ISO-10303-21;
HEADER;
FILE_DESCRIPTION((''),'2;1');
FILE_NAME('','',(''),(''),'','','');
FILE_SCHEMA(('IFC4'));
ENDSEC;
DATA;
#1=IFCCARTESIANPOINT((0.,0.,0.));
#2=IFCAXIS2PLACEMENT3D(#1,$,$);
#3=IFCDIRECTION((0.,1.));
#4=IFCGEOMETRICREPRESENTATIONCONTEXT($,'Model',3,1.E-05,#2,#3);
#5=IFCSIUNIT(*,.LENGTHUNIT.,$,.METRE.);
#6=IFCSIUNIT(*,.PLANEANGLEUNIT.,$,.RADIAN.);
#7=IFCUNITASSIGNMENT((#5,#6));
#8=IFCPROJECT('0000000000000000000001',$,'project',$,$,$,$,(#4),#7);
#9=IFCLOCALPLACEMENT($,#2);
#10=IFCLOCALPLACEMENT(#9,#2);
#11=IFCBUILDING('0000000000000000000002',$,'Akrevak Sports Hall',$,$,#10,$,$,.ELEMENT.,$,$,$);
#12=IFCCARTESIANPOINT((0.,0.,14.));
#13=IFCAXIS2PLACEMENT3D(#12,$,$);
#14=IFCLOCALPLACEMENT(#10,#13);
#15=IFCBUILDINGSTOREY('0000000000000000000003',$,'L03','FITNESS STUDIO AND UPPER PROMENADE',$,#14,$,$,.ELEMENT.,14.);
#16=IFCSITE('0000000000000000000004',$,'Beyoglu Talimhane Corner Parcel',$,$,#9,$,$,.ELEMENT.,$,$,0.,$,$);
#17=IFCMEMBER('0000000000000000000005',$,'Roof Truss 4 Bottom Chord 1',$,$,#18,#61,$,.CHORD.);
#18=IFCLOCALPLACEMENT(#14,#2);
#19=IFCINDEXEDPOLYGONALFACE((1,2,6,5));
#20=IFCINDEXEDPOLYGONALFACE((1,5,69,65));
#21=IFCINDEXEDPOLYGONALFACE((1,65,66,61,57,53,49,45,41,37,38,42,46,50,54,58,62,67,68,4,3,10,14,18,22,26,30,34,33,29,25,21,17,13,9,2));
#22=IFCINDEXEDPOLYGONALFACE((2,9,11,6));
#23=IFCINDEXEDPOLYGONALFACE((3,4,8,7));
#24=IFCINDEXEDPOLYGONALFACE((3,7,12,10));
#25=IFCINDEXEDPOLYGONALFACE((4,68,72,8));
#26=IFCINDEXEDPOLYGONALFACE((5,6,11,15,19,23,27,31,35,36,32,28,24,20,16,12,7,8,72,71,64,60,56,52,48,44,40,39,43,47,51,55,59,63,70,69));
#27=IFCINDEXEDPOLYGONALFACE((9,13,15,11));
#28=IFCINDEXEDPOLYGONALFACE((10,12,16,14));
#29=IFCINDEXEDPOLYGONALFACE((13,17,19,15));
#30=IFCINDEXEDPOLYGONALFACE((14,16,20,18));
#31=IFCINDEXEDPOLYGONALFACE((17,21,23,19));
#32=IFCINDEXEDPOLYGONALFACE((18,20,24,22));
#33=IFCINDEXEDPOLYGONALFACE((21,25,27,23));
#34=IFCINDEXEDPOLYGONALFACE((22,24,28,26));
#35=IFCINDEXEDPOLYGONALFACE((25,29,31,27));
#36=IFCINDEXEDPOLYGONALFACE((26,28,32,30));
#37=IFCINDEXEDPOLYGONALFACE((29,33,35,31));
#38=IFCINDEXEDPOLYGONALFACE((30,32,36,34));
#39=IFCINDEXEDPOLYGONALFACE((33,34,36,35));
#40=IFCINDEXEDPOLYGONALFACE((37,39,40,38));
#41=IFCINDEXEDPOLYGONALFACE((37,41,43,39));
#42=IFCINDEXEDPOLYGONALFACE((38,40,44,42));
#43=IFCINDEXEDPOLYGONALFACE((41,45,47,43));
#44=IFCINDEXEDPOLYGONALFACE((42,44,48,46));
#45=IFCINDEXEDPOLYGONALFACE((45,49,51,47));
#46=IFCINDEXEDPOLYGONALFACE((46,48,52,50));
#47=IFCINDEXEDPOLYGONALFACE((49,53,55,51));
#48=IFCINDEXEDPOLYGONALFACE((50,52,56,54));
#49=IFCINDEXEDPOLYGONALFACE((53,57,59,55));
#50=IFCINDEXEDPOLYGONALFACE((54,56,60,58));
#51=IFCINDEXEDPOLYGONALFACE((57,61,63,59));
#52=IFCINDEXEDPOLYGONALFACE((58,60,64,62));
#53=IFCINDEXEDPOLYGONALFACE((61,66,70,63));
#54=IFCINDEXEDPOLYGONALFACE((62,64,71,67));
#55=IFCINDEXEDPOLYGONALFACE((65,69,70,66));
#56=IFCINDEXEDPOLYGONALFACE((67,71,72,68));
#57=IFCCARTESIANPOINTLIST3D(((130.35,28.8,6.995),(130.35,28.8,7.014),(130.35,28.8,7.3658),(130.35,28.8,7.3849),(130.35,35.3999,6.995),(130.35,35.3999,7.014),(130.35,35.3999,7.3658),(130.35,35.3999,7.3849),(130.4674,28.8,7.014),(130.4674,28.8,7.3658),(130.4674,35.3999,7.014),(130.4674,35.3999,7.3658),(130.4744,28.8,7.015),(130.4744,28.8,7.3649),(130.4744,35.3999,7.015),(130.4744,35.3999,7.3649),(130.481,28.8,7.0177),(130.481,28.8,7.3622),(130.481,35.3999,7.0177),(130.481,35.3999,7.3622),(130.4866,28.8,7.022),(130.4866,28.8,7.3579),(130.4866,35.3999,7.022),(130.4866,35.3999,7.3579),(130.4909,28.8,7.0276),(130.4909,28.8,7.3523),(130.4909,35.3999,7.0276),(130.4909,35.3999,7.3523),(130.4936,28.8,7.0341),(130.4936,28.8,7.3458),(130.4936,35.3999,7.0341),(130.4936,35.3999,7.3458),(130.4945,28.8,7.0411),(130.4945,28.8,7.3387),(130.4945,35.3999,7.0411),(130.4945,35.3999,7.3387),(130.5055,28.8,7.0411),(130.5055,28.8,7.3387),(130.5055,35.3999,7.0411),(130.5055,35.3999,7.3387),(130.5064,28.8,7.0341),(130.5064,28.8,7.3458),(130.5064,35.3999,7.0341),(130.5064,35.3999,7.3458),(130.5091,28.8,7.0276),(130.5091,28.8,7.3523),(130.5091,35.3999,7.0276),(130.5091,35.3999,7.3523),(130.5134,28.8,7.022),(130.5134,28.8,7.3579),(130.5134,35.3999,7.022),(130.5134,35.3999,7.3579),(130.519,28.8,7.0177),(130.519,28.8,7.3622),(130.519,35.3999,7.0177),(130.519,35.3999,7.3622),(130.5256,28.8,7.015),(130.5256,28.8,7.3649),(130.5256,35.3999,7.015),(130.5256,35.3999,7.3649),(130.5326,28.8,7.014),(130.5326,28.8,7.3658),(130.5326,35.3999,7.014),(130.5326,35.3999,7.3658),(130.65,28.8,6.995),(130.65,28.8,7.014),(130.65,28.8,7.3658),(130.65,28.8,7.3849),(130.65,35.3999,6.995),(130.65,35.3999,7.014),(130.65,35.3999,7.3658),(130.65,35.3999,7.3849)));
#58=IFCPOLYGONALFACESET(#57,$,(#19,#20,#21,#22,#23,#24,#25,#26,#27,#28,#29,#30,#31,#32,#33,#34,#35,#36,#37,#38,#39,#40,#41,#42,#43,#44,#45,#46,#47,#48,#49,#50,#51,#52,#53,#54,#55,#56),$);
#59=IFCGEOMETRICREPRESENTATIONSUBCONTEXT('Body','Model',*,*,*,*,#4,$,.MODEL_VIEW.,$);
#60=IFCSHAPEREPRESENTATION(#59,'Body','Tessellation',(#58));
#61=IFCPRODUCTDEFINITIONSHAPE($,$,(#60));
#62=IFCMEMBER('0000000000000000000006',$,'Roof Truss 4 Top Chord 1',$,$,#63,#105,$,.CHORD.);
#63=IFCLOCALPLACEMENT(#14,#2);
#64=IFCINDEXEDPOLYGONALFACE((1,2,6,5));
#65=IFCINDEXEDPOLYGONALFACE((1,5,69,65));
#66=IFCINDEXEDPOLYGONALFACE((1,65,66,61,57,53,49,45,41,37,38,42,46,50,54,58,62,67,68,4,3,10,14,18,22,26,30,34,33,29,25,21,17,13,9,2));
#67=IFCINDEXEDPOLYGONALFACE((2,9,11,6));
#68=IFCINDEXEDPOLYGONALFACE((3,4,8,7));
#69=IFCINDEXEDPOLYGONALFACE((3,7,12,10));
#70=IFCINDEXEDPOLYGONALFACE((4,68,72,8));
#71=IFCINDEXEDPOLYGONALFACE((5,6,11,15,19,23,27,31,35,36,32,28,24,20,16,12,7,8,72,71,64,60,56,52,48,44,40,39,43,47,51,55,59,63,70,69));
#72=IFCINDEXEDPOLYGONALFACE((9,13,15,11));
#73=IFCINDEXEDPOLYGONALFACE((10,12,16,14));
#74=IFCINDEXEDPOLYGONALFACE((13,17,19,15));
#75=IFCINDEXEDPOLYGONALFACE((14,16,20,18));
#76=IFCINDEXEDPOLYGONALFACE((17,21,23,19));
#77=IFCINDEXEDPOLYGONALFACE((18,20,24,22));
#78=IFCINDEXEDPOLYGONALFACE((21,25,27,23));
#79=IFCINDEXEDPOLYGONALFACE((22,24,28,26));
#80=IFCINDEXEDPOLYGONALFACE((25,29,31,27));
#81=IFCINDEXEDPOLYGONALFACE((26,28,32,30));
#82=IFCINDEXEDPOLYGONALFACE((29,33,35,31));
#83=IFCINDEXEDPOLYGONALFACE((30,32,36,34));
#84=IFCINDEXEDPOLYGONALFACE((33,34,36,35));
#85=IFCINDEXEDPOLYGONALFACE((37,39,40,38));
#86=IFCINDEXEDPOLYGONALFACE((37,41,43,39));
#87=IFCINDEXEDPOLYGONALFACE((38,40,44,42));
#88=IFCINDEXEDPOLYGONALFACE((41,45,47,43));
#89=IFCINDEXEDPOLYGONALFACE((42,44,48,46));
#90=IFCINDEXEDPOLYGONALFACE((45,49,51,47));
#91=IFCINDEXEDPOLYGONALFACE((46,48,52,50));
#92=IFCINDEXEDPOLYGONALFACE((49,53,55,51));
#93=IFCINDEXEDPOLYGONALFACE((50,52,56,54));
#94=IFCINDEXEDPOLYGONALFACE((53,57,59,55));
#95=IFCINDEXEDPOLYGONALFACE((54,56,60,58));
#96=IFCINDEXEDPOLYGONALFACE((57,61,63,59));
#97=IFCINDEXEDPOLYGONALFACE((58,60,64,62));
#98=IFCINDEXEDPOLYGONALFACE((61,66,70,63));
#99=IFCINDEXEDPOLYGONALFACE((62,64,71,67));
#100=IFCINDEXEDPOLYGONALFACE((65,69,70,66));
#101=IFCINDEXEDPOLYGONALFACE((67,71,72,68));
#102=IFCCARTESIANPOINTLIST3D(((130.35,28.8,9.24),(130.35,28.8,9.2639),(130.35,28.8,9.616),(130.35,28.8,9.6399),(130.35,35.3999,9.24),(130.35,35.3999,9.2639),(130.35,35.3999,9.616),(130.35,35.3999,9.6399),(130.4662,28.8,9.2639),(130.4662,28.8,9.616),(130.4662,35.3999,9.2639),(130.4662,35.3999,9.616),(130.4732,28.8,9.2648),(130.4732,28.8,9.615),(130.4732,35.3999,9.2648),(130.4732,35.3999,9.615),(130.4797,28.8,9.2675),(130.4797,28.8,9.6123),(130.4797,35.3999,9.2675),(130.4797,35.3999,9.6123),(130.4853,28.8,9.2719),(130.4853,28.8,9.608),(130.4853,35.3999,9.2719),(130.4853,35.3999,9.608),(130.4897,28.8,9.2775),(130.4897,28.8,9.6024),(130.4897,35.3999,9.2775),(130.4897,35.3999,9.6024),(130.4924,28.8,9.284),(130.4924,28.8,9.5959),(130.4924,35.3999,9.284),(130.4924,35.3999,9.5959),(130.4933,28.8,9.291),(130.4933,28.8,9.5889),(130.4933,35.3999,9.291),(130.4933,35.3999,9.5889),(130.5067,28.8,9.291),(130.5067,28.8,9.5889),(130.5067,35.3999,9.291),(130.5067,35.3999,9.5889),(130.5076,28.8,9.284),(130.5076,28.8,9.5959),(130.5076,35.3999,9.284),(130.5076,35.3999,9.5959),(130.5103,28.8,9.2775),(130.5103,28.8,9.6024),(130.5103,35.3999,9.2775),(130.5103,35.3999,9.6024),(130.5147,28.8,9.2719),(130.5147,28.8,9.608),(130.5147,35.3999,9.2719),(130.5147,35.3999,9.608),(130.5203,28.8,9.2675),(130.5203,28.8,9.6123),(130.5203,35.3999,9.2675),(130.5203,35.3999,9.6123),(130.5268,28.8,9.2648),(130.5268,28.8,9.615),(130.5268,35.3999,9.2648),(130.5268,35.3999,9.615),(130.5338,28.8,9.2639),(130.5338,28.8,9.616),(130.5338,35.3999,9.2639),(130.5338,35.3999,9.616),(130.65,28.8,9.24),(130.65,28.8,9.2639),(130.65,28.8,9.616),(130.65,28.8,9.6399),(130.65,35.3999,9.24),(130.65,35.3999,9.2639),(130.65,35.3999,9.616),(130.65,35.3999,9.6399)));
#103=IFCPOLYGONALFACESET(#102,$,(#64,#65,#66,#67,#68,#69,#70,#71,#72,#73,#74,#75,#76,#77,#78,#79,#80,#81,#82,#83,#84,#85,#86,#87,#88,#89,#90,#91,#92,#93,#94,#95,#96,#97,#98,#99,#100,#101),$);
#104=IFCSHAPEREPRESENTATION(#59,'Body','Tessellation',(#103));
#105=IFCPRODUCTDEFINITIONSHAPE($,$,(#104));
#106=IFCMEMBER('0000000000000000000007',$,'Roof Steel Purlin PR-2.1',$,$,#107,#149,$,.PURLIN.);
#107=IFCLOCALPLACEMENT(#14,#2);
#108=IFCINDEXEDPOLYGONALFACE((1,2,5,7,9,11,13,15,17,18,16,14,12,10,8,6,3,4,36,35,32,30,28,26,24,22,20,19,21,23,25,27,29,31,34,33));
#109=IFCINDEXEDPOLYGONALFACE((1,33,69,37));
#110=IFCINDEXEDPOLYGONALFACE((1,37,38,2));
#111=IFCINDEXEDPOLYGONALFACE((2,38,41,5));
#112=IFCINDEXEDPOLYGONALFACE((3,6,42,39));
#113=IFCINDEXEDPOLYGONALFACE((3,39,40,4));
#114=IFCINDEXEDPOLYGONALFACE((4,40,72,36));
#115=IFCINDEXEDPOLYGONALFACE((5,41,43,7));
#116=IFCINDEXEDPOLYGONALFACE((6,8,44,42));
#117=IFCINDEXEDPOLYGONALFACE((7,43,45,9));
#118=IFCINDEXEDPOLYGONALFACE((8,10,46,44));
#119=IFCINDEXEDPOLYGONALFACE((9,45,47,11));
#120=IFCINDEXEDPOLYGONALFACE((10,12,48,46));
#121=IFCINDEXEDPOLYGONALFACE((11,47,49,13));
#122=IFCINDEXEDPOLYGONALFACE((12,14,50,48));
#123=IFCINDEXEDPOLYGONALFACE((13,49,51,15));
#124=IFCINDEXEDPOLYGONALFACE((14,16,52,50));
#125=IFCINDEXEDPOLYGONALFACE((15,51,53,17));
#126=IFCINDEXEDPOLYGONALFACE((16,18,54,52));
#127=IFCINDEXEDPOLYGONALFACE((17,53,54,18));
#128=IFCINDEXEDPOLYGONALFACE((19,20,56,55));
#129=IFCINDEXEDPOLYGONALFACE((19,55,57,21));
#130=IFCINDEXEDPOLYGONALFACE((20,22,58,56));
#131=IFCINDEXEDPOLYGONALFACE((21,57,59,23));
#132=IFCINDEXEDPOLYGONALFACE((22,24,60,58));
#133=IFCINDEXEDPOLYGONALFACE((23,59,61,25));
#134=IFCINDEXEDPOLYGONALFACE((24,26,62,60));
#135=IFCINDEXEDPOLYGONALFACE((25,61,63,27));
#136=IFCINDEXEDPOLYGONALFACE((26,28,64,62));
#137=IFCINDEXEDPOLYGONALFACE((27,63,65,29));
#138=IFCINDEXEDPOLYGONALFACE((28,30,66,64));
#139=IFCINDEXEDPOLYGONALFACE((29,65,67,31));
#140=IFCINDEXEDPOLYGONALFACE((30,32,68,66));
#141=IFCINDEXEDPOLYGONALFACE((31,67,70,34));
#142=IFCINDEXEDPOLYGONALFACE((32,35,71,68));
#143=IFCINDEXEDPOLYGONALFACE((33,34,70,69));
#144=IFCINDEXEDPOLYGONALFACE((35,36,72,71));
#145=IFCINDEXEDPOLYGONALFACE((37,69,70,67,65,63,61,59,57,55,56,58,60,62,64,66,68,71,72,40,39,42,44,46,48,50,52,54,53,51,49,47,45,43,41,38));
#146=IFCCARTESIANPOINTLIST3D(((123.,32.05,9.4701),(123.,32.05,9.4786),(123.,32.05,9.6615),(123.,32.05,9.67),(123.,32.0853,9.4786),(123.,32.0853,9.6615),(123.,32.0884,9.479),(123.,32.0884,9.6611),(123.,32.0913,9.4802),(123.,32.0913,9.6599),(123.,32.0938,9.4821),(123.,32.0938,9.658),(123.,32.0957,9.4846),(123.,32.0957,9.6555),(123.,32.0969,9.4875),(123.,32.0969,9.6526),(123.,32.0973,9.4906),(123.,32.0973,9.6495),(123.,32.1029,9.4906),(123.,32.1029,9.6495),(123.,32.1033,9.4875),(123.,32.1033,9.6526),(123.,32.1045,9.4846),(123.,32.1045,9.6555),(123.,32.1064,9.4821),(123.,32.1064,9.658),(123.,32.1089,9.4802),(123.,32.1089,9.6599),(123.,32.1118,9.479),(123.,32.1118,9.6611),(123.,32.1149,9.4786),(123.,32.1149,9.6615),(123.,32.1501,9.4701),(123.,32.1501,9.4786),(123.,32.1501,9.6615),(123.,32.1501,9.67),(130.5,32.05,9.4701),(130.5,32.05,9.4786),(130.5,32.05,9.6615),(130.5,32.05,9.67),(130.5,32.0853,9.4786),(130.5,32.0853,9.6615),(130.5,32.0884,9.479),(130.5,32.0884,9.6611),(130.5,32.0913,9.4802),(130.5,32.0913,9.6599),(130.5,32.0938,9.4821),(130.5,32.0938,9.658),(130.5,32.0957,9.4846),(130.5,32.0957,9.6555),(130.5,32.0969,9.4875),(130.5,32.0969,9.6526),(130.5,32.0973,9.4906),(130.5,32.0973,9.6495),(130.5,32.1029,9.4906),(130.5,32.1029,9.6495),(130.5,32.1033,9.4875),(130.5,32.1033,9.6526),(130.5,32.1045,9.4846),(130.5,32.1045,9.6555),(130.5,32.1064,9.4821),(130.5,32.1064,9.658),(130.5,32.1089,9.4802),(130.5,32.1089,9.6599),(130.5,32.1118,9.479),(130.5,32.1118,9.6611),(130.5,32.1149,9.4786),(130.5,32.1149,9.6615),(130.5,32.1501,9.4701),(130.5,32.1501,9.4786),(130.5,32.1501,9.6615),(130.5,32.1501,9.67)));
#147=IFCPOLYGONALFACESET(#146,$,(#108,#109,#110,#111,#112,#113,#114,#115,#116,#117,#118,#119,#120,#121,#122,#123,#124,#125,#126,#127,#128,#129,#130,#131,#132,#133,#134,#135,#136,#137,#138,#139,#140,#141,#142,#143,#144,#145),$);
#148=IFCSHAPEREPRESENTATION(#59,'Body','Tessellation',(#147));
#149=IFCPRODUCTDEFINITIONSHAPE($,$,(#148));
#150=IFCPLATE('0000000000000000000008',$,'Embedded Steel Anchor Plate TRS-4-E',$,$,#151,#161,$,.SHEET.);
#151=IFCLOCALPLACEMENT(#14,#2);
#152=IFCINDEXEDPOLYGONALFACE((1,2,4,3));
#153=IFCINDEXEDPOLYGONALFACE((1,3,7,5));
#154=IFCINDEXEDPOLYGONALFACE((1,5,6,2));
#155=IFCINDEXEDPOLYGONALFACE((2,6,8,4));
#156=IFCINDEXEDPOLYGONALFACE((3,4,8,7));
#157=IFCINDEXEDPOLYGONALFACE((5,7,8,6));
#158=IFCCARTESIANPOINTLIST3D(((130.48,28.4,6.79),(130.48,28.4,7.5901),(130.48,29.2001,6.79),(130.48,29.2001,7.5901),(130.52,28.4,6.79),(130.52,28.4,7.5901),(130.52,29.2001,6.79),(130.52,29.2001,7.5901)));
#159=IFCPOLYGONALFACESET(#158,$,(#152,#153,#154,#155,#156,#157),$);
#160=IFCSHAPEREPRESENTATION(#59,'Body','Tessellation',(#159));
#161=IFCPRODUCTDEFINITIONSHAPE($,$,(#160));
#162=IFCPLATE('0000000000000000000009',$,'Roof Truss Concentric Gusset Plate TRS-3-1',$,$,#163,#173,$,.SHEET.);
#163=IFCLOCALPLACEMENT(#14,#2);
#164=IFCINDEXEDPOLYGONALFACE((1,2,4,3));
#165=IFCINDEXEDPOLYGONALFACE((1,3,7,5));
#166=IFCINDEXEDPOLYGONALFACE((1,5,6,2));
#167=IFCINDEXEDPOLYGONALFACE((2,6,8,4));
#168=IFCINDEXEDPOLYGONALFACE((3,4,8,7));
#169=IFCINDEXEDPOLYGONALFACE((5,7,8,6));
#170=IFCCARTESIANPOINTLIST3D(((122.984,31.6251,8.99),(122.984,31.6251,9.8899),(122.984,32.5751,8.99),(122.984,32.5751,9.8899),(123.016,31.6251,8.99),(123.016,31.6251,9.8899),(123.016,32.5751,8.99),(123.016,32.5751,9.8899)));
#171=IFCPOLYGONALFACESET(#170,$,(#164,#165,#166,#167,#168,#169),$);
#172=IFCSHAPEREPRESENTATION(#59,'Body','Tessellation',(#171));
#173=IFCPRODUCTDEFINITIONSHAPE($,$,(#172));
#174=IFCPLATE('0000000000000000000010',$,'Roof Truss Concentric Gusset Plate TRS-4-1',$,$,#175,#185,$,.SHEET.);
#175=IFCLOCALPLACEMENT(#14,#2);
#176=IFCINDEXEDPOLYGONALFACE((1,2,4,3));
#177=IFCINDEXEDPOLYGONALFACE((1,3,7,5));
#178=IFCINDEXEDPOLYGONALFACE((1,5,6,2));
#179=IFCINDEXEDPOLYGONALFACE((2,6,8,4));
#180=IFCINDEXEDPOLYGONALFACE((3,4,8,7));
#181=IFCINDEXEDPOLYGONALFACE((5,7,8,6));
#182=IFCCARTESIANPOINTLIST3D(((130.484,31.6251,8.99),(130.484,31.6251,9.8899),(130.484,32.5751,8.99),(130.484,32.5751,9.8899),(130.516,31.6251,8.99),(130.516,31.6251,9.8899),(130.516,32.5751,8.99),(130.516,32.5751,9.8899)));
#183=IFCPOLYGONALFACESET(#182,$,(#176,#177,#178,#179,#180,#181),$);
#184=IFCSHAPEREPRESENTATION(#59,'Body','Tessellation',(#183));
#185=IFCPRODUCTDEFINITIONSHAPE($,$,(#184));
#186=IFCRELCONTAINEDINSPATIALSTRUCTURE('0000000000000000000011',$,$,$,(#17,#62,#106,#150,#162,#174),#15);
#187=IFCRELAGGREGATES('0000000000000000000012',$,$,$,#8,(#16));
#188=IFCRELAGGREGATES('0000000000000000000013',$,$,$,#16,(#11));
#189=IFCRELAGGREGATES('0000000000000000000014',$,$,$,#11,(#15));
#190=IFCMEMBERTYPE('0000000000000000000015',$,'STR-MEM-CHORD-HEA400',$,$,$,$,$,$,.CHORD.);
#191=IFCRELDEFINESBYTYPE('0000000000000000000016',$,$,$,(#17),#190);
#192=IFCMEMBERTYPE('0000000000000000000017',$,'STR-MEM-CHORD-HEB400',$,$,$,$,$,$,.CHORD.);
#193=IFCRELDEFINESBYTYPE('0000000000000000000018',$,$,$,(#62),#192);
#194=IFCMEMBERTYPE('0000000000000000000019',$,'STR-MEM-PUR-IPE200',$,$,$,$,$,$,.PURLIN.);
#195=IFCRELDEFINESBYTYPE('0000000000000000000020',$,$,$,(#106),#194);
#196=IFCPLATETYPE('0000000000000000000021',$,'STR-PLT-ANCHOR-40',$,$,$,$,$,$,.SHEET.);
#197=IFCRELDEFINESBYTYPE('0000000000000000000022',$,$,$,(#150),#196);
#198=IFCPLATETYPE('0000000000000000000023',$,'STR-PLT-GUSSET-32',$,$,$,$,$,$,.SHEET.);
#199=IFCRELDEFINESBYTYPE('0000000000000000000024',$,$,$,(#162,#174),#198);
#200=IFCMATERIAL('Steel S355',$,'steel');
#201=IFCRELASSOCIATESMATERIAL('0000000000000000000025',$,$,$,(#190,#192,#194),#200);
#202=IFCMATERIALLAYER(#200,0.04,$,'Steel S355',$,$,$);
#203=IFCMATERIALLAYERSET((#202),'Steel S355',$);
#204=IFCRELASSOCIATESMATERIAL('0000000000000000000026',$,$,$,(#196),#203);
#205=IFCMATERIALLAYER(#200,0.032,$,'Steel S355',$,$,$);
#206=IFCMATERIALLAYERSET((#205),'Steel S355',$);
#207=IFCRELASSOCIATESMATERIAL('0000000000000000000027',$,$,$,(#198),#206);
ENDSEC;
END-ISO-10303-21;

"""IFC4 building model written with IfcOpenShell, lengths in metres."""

from ifc_helpers import new_model, si_unit, direction, frame, origin, origin_2d, place, context, subcontext, project, spatial, rectangle, i_section, extrude, material, layer, layer_set, material_profile, profile_set, type_object, element, save


model = new_model("IFC4")

# Units and contexts
model_context = context("Model", 3, precision=1e-05, world=origin(), true_north=direction((0.0, 1.0)))
body_context = subcontext(model_context, "Body", "Model", "MODEL_VIEW")
ifc_project = project(units=[si_unit("LENGTHUNIT", "METRE"), si_unit("PLANEANGLEUNIT", "RADIAN")], contexts=[model_context])

# Site, building, storey
site_placement = place(None, origin())
site = spatial("IfcSite", under=ifc_project, at=site_placement, Name="Beyoglu Talimhane Corner Parcel", CompositionType="ELEMENT", RefElevation=0.0)
building_placement = place(site_placement, origin())
building = spatial("IfcBuilding", under=site, at=building_placement, Name="Akrevak Sports Hall", CompositionType="ELEMENT")
storey_placement = place(building_placement, frame((0.0, 0.0, 14.0)))
storey = spatial("IfcBuildingStorey", under=building, at=storey_placement, Name="L03", Description="FITNESS STUDIO AND UPPER PROMENADE", CompositionType="ELEMENT", Elevation=14.0)

# Members
ifc_material_1 = material(Name="Steel S355", Category="steel")
ifc_material_profile_1 = material_profile(ifc_material_1, i_section(OverallWidth=0.3, OverallDepth=0.3899, WebThickness=0.011, FlangeThickness=0.019, FilletRadius=0.0271, at=origin_2d()), Name="HEA 400", Category="steel")
ifc_profile_set_1 = profile_set([ifc_material_profile_1], Name="Steel S355")
member_type_1 = type_object("IfcMemberType", Name="STR-MEM-CHORD-HEA400", PredefinedType="CHORD", material=ifc_profile_set_1)
for number, where, z_axis, x_axis, name in (
    (1, (130.5, 28.8, 7.1899), (0.0, 1.0, 0.0), (-1.0, 0.0, 0.0), "Roof Truss 4 Bottom Chord 1"),
):
    element("IfcMember", number, at=place(storey_placement, frame(where, z_axis=z_axis, x_axis=x_axis)), inside=storey, type_object=member_type_1, Name=name, PredefinedType="CHORD", context=body_context, shape_type="SweptSolid", body=[
        extrude(i_section(OverallWidth=0.3, OverallDepth=0.3899, WebThickness=0.011, FlangeThickness=0.019, FilletRadius=0.0271, at=origin_2d()), origin(), (0.0, 0.0, 1.0), 6.5999),
    ])
ifc_material_profile_2 = material_profile(ifc_material_1, i_section(OverallWidth=0.3, OverallDepth=0.3999, WebThickness=0.0134, FlangeThickness=0.0239, FilletRadius=0.0271, at=origin_2d()), Name="HEB 400", Category="steel")
ifc_profile_set_2 = profile_set([ifc_material_profile_2], Name="Steel S355")
member_type_2 = type_object("IfcMemberType", Name="STR-MEM-CHORD-HEB400", PredefinedType="CHORD", material=ifc_profile_set_2)
member_1_placement = place(storey_placement, frame((130.5, 28.8, 9.4399), z_axis=(0.0, 1.0, 0.0), x_axis=(-1.0, 0.0, 0.0)))
element("IfcMember", 2, at=member_1_placement, inside=storey, type_object=member_type_2, Name="Roof Truss 4 Top Chord 1", PredefinedType="CHORD", context=body_context, shape_type="SweptSolid", body=[
    extrude(i_section(OverallWidth=0.3, OverallDepth=0.3999, WebThickness=0.0134, FlangeThickness=0.0239, FilletRadius=0.0271, at=origin_2d()), origin(), (0.0, 0.0, 1.0), 6.5999),
])
ifc_material_profile_3 = material_profile(ifc_material_1, i_section(OverallWidth=0.1001, OverallDepth=0.2, WebThickness=0.0056, FlangeThickness=0.0085, FilletRadius=0.012, at=origin_2d()), Name="IPE 200", Category="steel")
ifc_profile_set_3 = profile_set([ifc_material_profile_3], Name="Steel S355")
member_type_3 = type_object("IfcMemberType", Name="STR-MEM-PUR-IPE200", PredefinedType="PURLIN", material=ifc_profile_set_3)
member_2_placement = place(storey_placement, frame((123.0, 32.1001, 9.5701), z_axis=(1.0, 0.0, 0.0), x_axis=(0.0, 1.0, 0.0)))
element("IfcMember", 3, at=member_2_placement, inside=storey, type_object=member_type_3, Name="Roof Steel Purlin PR-2.1", PredefinedType="PURLIN", context=body_context, shape_type="SweptSolid", body=[
    extrude(i_section(OverallWidth=0.1001, OverallDepth=0.2, WebThickness=0.0056, FlangeThickness=0.0085, FilletRadius=0.012, at=origin_2d()), origin(), (0.0, 0.0, 1.0), 7.5),
])

# Plates
ifc_layer_1 = layer(ifc_material_1, 0.04, Name="Steel S355")
ifc_layer_set_1 = layer_set([ifc_layer_1], Name="Steel S355")
plate_type_1 = type_object("IfcPlateType", Name="STR-PLT-ANCHOR-40", PredefinedType="SHEET", material=ifc_layer_set_1)
plate_placement = place(storey_placement, frame((130.5, 28.8, 6.79), z_axis=(0.0, 0.0, 1.0), x_axis=(0.0, 1.0, 0.0)))
element("IfcPlate", 4, at=plate_placement, inside=storey, type_object=plate_type_1, Name="Embedded Steel Anchor Plate TRS-4-E", PredefinedType="SHEET", context=body_context, shape_type="SweptSolid", body=[
    extrude(rectangle(XDim=0.8, YDim=0.04, at=origin_2d()), origin(), (0.0, 0.0, 1.0), 0.8),
])
ifc_layer_2 = layer(ifc_material_1, 0.032, Name="Steel S355")
ifc_layer_set_2 = layer_set([ifc_layer_2], Name="Steel S355")
plate_type_2 = type_object("IfcPlateType", Name="STR-PLT-GUSSET-32", PredefinedType="SHEET", material=ifc_layer_set_2)
for number, where, z_axis, x_axis, name in (
    (5, (123.0, 32.1001, 8.99), (0.0, 0.0, 1.0), (1.0, 0.0, 0.0), "Roof Truss Concentric Gusset Plate TRS-3-1"),
    (6, (130.5, 32.1001, 8.99), (0.0, 0.0, 1.0), (1.0, 0.0, 0.0), "Roof Truss Concentric Gusset Plate TRS-4-1"),
):
    element("IfcPlate", number, at=place(storey_placement, frame(where, z_axis=z_axis, x_axis=x_axis)), inside=storey, type_object=plate_type_2, Name=name, PredefinedType="SHEET", context=body_context, shape_type="SweptSolid", body=[
        extrude(rectangle(XDim=0.032, YDim=0.95, at=origin_2d()), origin(), (0.0, 0.0, 1.0), 0.8999),
    ])

save(model, "model.ifc")
